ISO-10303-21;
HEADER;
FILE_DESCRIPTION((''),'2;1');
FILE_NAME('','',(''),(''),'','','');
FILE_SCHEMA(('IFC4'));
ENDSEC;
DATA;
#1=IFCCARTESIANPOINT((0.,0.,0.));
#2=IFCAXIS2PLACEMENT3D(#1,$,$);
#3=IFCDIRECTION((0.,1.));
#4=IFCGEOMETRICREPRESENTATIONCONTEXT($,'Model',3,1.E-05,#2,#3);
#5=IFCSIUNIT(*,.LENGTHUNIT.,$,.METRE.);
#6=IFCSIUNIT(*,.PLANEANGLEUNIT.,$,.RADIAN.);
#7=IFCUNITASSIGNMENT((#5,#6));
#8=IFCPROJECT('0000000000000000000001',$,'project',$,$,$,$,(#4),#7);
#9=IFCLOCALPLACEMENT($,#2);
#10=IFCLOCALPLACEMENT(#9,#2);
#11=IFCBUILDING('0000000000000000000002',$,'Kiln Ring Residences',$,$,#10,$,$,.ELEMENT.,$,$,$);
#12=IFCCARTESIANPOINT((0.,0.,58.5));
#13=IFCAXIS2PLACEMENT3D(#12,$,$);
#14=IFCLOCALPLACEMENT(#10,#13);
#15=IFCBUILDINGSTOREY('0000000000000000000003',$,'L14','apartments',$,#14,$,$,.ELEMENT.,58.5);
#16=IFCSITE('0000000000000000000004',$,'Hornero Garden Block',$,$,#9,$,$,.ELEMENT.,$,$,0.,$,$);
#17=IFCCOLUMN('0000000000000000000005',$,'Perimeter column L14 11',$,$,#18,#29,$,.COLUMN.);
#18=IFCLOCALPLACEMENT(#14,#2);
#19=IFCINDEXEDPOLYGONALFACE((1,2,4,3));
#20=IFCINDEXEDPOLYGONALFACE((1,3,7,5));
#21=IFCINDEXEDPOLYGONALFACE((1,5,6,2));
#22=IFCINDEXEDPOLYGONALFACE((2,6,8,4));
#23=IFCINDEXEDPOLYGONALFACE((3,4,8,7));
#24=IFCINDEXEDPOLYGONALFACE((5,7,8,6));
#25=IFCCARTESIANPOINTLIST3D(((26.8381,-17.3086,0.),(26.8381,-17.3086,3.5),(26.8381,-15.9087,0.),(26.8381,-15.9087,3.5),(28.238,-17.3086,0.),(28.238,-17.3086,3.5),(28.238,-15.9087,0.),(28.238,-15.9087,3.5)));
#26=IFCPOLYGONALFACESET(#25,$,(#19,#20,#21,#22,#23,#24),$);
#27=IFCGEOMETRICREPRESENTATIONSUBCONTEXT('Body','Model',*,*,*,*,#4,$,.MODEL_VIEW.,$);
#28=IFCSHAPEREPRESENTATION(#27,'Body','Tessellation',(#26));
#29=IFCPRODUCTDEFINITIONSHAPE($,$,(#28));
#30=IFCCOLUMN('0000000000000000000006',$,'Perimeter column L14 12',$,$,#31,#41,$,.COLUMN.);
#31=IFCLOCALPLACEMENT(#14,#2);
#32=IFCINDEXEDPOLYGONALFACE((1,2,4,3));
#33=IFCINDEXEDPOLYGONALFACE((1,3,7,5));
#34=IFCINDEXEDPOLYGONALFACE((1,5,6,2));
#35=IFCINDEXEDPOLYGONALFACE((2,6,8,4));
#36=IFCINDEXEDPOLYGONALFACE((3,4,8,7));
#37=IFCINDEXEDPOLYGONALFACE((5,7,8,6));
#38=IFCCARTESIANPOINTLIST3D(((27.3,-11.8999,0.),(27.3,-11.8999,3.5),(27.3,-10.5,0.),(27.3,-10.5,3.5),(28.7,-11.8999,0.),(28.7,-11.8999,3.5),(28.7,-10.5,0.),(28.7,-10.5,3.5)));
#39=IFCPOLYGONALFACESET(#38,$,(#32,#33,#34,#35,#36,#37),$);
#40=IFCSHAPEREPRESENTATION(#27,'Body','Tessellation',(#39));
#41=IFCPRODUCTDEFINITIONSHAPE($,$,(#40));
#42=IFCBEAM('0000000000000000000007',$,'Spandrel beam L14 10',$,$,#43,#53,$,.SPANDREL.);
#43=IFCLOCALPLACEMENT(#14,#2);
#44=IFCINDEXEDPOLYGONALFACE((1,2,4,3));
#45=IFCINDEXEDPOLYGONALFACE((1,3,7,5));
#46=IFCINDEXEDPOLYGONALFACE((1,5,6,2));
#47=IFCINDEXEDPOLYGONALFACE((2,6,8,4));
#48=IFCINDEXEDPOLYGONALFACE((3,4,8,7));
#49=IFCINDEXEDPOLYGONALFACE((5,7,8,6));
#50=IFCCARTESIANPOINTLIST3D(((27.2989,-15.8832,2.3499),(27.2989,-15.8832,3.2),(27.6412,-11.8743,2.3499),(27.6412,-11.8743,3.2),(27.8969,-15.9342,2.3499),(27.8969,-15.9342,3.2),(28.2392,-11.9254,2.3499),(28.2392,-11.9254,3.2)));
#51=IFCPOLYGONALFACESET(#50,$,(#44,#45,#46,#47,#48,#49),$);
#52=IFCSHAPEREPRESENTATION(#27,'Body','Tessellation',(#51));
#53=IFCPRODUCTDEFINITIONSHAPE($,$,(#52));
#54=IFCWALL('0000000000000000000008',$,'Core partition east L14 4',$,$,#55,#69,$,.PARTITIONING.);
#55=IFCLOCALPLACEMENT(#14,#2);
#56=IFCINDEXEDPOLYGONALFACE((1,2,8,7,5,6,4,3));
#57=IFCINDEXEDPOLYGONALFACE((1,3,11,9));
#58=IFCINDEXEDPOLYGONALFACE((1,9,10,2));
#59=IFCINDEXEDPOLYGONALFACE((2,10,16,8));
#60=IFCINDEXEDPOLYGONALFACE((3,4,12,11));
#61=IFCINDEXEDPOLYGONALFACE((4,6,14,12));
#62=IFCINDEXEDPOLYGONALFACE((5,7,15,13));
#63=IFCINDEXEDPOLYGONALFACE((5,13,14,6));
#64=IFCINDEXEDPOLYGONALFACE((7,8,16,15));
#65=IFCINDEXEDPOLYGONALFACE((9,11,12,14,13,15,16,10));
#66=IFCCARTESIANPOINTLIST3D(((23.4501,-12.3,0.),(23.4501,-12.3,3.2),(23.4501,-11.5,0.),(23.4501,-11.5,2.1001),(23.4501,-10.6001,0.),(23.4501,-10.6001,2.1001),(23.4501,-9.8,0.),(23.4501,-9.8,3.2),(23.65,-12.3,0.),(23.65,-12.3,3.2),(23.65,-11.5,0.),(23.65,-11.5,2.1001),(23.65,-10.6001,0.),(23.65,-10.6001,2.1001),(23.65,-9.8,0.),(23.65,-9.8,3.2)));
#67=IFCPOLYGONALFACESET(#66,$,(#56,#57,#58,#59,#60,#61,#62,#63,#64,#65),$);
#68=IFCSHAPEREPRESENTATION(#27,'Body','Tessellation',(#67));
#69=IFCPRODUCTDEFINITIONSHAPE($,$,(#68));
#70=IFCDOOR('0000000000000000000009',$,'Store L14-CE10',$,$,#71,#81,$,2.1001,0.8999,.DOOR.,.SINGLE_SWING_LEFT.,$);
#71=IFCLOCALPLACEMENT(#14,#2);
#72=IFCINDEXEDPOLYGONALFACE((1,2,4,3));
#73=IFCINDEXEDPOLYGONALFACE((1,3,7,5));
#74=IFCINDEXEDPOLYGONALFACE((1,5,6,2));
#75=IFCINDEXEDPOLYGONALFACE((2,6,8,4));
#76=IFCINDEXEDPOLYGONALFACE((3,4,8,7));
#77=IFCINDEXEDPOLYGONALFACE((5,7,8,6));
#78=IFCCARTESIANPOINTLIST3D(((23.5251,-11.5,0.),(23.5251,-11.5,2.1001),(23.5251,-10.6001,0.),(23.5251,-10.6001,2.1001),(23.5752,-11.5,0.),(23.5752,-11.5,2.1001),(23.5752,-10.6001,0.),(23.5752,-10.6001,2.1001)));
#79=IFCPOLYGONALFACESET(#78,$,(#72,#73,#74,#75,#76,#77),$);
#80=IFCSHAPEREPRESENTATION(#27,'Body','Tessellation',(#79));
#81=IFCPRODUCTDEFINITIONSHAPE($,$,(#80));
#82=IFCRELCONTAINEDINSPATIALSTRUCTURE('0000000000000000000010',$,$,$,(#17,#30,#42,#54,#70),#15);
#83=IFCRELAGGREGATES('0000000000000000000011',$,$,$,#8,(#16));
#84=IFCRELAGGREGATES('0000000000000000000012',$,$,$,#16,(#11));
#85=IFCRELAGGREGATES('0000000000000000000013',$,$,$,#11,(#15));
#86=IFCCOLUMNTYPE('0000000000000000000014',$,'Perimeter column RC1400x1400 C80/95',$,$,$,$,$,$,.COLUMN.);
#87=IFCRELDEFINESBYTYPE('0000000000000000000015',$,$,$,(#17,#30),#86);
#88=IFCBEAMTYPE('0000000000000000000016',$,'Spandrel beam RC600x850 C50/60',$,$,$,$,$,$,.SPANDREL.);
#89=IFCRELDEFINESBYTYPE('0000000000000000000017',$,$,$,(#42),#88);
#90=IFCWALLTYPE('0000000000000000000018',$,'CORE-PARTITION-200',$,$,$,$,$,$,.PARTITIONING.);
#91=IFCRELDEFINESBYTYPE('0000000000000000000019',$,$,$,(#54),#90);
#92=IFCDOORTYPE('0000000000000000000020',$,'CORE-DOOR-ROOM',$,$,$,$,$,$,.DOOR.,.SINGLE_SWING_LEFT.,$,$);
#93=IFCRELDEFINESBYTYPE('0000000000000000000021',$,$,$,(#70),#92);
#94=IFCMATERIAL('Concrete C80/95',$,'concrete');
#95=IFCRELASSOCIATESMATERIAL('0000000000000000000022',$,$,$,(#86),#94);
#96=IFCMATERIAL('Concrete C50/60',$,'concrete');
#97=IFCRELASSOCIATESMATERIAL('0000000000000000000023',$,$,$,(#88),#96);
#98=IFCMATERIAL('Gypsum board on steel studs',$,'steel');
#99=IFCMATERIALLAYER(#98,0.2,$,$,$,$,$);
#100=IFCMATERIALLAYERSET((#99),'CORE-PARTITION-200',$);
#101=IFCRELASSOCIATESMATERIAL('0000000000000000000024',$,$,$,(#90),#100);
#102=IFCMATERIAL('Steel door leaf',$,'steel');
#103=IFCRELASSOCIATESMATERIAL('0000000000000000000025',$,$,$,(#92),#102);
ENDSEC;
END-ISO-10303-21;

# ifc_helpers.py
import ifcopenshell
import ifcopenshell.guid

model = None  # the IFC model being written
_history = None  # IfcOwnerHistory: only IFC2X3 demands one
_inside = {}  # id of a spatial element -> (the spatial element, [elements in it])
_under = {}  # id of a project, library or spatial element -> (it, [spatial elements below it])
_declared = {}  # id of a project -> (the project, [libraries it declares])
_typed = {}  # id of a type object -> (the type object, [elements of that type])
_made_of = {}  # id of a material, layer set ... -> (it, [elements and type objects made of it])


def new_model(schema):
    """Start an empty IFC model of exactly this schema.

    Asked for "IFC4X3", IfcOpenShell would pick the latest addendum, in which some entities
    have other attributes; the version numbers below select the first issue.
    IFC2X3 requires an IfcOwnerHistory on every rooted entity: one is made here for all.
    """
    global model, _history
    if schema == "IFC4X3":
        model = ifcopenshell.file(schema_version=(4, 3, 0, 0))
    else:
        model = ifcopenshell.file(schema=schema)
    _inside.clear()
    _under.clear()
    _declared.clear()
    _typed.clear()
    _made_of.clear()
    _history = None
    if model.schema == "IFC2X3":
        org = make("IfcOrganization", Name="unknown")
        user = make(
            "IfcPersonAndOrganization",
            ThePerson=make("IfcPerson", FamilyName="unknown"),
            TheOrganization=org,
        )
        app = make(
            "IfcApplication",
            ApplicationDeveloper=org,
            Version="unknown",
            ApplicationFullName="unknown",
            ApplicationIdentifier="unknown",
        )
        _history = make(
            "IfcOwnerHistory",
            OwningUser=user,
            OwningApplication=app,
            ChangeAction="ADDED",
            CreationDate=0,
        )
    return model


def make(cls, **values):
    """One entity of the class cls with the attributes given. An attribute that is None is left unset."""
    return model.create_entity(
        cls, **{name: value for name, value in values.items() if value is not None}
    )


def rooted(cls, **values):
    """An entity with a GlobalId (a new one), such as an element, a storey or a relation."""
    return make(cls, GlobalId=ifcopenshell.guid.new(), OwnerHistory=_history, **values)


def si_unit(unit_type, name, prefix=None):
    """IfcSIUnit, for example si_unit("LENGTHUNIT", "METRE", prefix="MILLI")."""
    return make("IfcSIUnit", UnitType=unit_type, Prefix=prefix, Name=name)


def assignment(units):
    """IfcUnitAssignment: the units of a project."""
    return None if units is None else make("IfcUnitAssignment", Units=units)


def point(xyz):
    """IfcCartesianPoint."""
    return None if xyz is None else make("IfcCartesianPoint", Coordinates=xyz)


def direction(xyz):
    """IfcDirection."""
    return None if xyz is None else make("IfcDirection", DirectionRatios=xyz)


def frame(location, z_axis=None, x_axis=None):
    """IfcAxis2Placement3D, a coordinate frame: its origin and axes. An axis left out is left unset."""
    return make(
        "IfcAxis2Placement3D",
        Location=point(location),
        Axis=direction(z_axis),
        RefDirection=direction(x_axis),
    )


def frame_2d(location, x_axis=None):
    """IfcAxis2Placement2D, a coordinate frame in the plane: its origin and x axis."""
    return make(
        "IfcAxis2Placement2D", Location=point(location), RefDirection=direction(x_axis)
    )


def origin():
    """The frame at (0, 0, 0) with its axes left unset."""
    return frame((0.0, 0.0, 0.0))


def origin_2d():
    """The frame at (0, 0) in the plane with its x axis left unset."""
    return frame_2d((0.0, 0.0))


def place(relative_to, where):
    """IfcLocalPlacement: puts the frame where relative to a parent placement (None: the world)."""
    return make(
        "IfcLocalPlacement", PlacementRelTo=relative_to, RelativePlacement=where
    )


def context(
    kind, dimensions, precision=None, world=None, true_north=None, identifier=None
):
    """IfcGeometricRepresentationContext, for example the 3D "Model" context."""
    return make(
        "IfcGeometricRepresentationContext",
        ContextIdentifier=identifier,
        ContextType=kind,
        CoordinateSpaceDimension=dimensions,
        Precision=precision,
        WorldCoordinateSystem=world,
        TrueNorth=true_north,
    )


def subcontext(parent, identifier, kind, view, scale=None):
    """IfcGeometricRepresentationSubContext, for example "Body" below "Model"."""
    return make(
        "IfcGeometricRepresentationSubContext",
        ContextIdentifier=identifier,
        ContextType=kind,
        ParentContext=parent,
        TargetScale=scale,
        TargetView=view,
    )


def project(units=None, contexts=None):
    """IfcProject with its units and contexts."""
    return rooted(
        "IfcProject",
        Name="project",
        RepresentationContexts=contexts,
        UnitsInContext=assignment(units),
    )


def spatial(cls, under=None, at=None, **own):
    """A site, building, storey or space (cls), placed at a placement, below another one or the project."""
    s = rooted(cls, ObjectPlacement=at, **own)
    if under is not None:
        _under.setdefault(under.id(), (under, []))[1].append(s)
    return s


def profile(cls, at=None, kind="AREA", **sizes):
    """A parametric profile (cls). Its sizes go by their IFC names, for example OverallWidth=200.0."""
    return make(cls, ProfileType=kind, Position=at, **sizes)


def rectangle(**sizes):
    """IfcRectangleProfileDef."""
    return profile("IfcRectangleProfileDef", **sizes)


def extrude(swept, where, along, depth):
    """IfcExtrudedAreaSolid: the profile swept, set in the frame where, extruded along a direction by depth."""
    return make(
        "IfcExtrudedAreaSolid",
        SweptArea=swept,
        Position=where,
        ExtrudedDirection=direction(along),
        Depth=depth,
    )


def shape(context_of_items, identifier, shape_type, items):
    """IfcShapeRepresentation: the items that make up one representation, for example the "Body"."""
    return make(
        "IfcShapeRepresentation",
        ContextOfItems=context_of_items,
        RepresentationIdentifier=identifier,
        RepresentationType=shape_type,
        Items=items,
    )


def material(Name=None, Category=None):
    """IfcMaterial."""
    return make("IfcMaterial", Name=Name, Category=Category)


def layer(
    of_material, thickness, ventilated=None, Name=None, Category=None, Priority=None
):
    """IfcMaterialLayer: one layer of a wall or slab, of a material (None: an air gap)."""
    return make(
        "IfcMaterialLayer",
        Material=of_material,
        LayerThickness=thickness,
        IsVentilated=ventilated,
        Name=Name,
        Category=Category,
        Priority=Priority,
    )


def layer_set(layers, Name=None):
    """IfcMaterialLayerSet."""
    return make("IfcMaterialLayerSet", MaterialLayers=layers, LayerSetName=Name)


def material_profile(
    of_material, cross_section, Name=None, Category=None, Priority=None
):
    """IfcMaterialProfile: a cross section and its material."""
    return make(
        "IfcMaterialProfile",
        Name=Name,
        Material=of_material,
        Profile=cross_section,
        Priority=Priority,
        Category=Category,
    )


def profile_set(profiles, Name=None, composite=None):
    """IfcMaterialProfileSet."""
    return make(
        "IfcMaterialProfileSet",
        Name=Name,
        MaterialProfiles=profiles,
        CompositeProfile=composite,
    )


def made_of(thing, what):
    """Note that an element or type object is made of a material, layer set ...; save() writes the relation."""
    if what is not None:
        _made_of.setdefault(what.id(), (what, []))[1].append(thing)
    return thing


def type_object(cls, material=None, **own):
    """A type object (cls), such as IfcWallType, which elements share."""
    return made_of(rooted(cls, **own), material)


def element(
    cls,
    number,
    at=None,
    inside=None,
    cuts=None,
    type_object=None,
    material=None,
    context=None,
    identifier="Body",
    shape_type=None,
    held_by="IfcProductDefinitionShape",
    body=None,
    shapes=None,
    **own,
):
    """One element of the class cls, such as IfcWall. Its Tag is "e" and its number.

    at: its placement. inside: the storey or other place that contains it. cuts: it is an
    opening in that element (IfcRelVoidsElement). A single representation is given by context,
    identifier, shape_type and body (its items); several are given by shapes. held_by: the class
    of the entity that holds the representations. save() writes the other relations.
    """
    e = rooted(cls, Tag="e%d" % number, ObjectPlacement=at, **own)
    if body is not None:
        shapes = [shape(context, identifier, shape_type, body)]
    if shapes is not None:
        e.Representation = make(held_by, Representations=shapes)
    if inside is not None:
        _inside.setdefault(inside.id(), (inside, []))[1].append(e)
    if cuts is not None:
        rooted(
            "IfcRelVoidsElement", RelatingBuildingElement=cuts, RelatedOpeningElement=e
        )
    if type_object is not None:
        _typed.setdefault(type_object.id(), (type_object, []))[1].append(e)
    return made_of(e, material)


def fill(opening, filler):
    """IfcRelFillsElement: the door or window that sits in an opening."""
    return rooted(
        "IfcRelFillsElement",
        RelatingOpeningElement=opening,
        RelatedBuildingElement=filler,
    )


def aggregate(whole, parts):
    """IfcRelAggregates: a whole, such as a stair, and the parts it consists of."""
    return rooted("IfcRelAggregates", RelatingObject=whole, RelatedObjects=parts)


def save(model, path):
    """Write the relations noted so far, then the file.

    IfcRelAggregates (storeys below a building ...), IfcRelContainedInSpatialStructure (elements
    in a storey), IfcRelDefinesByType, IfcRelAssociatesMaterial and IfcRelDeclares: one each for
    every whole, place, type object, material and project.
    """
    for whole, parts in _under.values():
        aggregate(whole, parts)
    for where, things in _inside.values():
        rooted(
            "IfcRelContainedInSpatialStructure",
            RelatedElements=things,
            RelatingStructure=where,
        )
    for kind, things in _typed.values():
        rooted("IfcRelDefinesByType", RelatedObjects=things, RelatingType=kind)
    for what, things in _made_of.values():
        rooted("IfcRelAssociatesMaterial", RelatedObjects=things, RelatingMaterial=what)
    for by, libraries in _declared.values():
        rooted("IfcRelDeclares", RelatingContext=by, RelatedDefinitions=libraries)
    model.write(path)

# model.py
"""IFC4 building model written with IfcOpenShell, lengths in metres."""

from ifc_helpers import new_model, si_unit, direction, frame, frame_2d, origin, origin_2d, place, context, subcontext, project, spatial, rectangle, extrude, material, layer, layer_set, material_profile, profile_set, type_object, element, fill, save


model = new_model("IFC4")

# Units and contexts
model_context = context("Model", 3, precision=1e-05, world=origin(), true_north=direction((0.0, 1.0)))
body_context = subcontext(model_context, "Body", "Model", "MODEL_VIEW")
ifc_project = project(units=[si_unit("LENGTHUNIT", "METRE"), si_unit("PLANEANGLEUNIT", "RADIAN")], contexts=[model_context])

# Site, building, storey
site_placement = place(None, origin())
site = spatial("IfcSite", under=ifc_project, at=site_placement, Name="Hornero Garden Block", CompositionType="ELEMENT", RefElevation=0.0)
building_placement = place(site_placement, origin())
building = spatial("IfcBuilding", under=site, at=building_placement, Name="Kiln Ring Residences", CompositionType="ELEMENT")
storey_placement = place(building_placement, frame((0.0, 0.0, 58.5)))
storey = spatial("IfcBuildingStorey", under=building, at=storey_placement, Name="L14", Description="apartments", CompositionType="ELEMENT", Elevation=58.5)

# Columns
ifc_material_1 = material(Name="Concrete C80/95", Category="concrete")
ifc_material_profile_1 = material_profile(ifc_material_1, rectangle(XDim=1.3999, YDim=1.3999, at=origin_2d()), Name="RC1400x1400")
ifc_profile_set_1 = profile_set([ifc_material_profile_1], Name="Concrete C80/95")
column_type = type_object("IfcColumnType", Name="Perimeter column RC1400x1400 C80/95", PredefinedType="COLUMN", material=ifc_profile_set_1)
for number, where, z_axis, x_axis, name in (
    (1, (27.5381, -16.6086, 0.0), (0.0, 0.0, 1.0), (1.0, 0.0, 0.0), "Perimeter column L14 11"),
    (2, (28.0, -11.2, 0.0), (0.0, 0.0, 1.0), (1.0, 0.0, 0.0), "Perimeter column L14 12"),
):
    element("IfcColumn", number, at=place(storey_placement, frame(where, z_axis=z_axis, x_axis=x_axis)), inside=storey, type_object=column_type, Name=name, PredefinedType="COLUMN", context=body_context, shape_type="SweptSolid", body=[
        extrude(rectangle(XDim=1.3999, YDim=1.3999, at=origin_2d()), origin(), (0.0, 0.0, 1.0), 3.5),
    ])

# Beam
ifc_material_2 = material(Name="Concrete C50/60", Category="concrete")
ifc_material_profile_2 = material_profile(ifc_material_2, rectangle(XDim=0.6001, YDim=0.8501, at=origin_2d()), Name="RC600x850")
ifc_profile_set_2 = profile_set([ifc_material_profile_2], Name="Concrete C50/60")
beam_type = type_object("IfcBeamType", Name="Spandrel beam RC600x850 C50/60", PredefinedType="SPANDREL", material=ifc_profile_set_2)
beam_placement = place(storey_placement, frame((27.5979, -15.9087, 2.7749), z_axis=(0.085074, 0.996375, 0.0), x_axis=(-0.996375, 0.085074, 0.0)))
element("IfcBeam", 3, at=beam_placement, inside=storey, type_object=beam_type, Name="Spandrel beam L14 10", PredefinedType="SPANDREL", context=body_context, shape_type="SweptSolid", body=[
    extrude(rectangle(XDim=0.6001, YDim=0.8501, at=origin_2d()), origin(), (0.0, 0.0, 1.0), 4.0234),
])

# Wall, opening, door
ifc_material_3 = material(Name="Gypsum board on steel studs", Category="steel")
ifc_layer_1 = layer(ifc_material_3, 0.2)
ifc_layer_set_1 = layer_set([ifc_layer_1], Name="CORE-PARTITION-200")
wall_type_1 = type_object("IfcWallType", Name="CORE-PARTITION-200", PredefinedType="PARTITIONING", material=ifc_layer_set_1)
wall_1_placement = place(storey_placement, frame((23.55, -12.3, 0.0), z_axis=(0.0, 0.0, 1.0), x_axis=(0.0, 1.0, 0.0)))
wall_1 = element("IfcWall", 4, at=wall_1_placement, inside=storey, type_object=wall_type_1, Name="Core partition east L14 4", PredefinedType="PARTITIONING", context=body_context, shape_type="SweptSolid", body=[
    extrude(rectangle(XDim=2.5, YDim=0.2, at=frame_2d((1.25, 0.0))), origin(), (0.0, 0.0, 1.0), 3.2),
])
opening_1_placement = place(wall_1_placement, frame((0.8, 0.0, 0.0)))
opening_1 = element("IfcOpeningElement", 5, at=opening_1_placement, cuts=wall_1, PredefinedType="OPENING", context=body_context, shape_type="SweptSolid", body=[
    extrude(rectangle(XDim=0.8999, YDim=2.1001, at=frame_2d((0.45, 1.05))), frame((0.0, 0.1099, 0.0), z_axis=(0.0, -1.0, 0.0), x_axis=(1.0, 0.0, 0.0)), (0.0, 0.0, 1.0), 0.22),
])
ifc_material_4 = material(Name="Steel door leaf", Category="steel")
door_type_1 = type_object("IfcDoorType", Name="CORE-DOOR-ROOM", OperationType="SINGLE_SWING_LEFT", PredefinedType="DOOR", material=ifc_material_4)
door_1_placement = place(opening_1_placement, origin())
door_1 = element("IfcDoor", 6, at=door_1_placement, inside=storey, type_object=door_type_1, Name="Store L14-CE10", OperationType="SINGLE_SWING_LEFT", OverallHeight=2.1001, OverallWidth=0.8999, PredefinedType="DOOR", context=body_context, shape_type="SweptSolid", body=[
    extrude(rectangle(XDim=0.8999, YDim=2.1001, at=frame_2d((0.45, 1.05))), frame((0.0, 0.0249, 0.0), z_axis=(0.0, -1.0, 0.0), x_axis=(1.0, 0.0, 0.0)), (0.0, 0.0, 1.0), 0.05),
])
fill(opening_1, door_1)

save(model, "model.ifc")
